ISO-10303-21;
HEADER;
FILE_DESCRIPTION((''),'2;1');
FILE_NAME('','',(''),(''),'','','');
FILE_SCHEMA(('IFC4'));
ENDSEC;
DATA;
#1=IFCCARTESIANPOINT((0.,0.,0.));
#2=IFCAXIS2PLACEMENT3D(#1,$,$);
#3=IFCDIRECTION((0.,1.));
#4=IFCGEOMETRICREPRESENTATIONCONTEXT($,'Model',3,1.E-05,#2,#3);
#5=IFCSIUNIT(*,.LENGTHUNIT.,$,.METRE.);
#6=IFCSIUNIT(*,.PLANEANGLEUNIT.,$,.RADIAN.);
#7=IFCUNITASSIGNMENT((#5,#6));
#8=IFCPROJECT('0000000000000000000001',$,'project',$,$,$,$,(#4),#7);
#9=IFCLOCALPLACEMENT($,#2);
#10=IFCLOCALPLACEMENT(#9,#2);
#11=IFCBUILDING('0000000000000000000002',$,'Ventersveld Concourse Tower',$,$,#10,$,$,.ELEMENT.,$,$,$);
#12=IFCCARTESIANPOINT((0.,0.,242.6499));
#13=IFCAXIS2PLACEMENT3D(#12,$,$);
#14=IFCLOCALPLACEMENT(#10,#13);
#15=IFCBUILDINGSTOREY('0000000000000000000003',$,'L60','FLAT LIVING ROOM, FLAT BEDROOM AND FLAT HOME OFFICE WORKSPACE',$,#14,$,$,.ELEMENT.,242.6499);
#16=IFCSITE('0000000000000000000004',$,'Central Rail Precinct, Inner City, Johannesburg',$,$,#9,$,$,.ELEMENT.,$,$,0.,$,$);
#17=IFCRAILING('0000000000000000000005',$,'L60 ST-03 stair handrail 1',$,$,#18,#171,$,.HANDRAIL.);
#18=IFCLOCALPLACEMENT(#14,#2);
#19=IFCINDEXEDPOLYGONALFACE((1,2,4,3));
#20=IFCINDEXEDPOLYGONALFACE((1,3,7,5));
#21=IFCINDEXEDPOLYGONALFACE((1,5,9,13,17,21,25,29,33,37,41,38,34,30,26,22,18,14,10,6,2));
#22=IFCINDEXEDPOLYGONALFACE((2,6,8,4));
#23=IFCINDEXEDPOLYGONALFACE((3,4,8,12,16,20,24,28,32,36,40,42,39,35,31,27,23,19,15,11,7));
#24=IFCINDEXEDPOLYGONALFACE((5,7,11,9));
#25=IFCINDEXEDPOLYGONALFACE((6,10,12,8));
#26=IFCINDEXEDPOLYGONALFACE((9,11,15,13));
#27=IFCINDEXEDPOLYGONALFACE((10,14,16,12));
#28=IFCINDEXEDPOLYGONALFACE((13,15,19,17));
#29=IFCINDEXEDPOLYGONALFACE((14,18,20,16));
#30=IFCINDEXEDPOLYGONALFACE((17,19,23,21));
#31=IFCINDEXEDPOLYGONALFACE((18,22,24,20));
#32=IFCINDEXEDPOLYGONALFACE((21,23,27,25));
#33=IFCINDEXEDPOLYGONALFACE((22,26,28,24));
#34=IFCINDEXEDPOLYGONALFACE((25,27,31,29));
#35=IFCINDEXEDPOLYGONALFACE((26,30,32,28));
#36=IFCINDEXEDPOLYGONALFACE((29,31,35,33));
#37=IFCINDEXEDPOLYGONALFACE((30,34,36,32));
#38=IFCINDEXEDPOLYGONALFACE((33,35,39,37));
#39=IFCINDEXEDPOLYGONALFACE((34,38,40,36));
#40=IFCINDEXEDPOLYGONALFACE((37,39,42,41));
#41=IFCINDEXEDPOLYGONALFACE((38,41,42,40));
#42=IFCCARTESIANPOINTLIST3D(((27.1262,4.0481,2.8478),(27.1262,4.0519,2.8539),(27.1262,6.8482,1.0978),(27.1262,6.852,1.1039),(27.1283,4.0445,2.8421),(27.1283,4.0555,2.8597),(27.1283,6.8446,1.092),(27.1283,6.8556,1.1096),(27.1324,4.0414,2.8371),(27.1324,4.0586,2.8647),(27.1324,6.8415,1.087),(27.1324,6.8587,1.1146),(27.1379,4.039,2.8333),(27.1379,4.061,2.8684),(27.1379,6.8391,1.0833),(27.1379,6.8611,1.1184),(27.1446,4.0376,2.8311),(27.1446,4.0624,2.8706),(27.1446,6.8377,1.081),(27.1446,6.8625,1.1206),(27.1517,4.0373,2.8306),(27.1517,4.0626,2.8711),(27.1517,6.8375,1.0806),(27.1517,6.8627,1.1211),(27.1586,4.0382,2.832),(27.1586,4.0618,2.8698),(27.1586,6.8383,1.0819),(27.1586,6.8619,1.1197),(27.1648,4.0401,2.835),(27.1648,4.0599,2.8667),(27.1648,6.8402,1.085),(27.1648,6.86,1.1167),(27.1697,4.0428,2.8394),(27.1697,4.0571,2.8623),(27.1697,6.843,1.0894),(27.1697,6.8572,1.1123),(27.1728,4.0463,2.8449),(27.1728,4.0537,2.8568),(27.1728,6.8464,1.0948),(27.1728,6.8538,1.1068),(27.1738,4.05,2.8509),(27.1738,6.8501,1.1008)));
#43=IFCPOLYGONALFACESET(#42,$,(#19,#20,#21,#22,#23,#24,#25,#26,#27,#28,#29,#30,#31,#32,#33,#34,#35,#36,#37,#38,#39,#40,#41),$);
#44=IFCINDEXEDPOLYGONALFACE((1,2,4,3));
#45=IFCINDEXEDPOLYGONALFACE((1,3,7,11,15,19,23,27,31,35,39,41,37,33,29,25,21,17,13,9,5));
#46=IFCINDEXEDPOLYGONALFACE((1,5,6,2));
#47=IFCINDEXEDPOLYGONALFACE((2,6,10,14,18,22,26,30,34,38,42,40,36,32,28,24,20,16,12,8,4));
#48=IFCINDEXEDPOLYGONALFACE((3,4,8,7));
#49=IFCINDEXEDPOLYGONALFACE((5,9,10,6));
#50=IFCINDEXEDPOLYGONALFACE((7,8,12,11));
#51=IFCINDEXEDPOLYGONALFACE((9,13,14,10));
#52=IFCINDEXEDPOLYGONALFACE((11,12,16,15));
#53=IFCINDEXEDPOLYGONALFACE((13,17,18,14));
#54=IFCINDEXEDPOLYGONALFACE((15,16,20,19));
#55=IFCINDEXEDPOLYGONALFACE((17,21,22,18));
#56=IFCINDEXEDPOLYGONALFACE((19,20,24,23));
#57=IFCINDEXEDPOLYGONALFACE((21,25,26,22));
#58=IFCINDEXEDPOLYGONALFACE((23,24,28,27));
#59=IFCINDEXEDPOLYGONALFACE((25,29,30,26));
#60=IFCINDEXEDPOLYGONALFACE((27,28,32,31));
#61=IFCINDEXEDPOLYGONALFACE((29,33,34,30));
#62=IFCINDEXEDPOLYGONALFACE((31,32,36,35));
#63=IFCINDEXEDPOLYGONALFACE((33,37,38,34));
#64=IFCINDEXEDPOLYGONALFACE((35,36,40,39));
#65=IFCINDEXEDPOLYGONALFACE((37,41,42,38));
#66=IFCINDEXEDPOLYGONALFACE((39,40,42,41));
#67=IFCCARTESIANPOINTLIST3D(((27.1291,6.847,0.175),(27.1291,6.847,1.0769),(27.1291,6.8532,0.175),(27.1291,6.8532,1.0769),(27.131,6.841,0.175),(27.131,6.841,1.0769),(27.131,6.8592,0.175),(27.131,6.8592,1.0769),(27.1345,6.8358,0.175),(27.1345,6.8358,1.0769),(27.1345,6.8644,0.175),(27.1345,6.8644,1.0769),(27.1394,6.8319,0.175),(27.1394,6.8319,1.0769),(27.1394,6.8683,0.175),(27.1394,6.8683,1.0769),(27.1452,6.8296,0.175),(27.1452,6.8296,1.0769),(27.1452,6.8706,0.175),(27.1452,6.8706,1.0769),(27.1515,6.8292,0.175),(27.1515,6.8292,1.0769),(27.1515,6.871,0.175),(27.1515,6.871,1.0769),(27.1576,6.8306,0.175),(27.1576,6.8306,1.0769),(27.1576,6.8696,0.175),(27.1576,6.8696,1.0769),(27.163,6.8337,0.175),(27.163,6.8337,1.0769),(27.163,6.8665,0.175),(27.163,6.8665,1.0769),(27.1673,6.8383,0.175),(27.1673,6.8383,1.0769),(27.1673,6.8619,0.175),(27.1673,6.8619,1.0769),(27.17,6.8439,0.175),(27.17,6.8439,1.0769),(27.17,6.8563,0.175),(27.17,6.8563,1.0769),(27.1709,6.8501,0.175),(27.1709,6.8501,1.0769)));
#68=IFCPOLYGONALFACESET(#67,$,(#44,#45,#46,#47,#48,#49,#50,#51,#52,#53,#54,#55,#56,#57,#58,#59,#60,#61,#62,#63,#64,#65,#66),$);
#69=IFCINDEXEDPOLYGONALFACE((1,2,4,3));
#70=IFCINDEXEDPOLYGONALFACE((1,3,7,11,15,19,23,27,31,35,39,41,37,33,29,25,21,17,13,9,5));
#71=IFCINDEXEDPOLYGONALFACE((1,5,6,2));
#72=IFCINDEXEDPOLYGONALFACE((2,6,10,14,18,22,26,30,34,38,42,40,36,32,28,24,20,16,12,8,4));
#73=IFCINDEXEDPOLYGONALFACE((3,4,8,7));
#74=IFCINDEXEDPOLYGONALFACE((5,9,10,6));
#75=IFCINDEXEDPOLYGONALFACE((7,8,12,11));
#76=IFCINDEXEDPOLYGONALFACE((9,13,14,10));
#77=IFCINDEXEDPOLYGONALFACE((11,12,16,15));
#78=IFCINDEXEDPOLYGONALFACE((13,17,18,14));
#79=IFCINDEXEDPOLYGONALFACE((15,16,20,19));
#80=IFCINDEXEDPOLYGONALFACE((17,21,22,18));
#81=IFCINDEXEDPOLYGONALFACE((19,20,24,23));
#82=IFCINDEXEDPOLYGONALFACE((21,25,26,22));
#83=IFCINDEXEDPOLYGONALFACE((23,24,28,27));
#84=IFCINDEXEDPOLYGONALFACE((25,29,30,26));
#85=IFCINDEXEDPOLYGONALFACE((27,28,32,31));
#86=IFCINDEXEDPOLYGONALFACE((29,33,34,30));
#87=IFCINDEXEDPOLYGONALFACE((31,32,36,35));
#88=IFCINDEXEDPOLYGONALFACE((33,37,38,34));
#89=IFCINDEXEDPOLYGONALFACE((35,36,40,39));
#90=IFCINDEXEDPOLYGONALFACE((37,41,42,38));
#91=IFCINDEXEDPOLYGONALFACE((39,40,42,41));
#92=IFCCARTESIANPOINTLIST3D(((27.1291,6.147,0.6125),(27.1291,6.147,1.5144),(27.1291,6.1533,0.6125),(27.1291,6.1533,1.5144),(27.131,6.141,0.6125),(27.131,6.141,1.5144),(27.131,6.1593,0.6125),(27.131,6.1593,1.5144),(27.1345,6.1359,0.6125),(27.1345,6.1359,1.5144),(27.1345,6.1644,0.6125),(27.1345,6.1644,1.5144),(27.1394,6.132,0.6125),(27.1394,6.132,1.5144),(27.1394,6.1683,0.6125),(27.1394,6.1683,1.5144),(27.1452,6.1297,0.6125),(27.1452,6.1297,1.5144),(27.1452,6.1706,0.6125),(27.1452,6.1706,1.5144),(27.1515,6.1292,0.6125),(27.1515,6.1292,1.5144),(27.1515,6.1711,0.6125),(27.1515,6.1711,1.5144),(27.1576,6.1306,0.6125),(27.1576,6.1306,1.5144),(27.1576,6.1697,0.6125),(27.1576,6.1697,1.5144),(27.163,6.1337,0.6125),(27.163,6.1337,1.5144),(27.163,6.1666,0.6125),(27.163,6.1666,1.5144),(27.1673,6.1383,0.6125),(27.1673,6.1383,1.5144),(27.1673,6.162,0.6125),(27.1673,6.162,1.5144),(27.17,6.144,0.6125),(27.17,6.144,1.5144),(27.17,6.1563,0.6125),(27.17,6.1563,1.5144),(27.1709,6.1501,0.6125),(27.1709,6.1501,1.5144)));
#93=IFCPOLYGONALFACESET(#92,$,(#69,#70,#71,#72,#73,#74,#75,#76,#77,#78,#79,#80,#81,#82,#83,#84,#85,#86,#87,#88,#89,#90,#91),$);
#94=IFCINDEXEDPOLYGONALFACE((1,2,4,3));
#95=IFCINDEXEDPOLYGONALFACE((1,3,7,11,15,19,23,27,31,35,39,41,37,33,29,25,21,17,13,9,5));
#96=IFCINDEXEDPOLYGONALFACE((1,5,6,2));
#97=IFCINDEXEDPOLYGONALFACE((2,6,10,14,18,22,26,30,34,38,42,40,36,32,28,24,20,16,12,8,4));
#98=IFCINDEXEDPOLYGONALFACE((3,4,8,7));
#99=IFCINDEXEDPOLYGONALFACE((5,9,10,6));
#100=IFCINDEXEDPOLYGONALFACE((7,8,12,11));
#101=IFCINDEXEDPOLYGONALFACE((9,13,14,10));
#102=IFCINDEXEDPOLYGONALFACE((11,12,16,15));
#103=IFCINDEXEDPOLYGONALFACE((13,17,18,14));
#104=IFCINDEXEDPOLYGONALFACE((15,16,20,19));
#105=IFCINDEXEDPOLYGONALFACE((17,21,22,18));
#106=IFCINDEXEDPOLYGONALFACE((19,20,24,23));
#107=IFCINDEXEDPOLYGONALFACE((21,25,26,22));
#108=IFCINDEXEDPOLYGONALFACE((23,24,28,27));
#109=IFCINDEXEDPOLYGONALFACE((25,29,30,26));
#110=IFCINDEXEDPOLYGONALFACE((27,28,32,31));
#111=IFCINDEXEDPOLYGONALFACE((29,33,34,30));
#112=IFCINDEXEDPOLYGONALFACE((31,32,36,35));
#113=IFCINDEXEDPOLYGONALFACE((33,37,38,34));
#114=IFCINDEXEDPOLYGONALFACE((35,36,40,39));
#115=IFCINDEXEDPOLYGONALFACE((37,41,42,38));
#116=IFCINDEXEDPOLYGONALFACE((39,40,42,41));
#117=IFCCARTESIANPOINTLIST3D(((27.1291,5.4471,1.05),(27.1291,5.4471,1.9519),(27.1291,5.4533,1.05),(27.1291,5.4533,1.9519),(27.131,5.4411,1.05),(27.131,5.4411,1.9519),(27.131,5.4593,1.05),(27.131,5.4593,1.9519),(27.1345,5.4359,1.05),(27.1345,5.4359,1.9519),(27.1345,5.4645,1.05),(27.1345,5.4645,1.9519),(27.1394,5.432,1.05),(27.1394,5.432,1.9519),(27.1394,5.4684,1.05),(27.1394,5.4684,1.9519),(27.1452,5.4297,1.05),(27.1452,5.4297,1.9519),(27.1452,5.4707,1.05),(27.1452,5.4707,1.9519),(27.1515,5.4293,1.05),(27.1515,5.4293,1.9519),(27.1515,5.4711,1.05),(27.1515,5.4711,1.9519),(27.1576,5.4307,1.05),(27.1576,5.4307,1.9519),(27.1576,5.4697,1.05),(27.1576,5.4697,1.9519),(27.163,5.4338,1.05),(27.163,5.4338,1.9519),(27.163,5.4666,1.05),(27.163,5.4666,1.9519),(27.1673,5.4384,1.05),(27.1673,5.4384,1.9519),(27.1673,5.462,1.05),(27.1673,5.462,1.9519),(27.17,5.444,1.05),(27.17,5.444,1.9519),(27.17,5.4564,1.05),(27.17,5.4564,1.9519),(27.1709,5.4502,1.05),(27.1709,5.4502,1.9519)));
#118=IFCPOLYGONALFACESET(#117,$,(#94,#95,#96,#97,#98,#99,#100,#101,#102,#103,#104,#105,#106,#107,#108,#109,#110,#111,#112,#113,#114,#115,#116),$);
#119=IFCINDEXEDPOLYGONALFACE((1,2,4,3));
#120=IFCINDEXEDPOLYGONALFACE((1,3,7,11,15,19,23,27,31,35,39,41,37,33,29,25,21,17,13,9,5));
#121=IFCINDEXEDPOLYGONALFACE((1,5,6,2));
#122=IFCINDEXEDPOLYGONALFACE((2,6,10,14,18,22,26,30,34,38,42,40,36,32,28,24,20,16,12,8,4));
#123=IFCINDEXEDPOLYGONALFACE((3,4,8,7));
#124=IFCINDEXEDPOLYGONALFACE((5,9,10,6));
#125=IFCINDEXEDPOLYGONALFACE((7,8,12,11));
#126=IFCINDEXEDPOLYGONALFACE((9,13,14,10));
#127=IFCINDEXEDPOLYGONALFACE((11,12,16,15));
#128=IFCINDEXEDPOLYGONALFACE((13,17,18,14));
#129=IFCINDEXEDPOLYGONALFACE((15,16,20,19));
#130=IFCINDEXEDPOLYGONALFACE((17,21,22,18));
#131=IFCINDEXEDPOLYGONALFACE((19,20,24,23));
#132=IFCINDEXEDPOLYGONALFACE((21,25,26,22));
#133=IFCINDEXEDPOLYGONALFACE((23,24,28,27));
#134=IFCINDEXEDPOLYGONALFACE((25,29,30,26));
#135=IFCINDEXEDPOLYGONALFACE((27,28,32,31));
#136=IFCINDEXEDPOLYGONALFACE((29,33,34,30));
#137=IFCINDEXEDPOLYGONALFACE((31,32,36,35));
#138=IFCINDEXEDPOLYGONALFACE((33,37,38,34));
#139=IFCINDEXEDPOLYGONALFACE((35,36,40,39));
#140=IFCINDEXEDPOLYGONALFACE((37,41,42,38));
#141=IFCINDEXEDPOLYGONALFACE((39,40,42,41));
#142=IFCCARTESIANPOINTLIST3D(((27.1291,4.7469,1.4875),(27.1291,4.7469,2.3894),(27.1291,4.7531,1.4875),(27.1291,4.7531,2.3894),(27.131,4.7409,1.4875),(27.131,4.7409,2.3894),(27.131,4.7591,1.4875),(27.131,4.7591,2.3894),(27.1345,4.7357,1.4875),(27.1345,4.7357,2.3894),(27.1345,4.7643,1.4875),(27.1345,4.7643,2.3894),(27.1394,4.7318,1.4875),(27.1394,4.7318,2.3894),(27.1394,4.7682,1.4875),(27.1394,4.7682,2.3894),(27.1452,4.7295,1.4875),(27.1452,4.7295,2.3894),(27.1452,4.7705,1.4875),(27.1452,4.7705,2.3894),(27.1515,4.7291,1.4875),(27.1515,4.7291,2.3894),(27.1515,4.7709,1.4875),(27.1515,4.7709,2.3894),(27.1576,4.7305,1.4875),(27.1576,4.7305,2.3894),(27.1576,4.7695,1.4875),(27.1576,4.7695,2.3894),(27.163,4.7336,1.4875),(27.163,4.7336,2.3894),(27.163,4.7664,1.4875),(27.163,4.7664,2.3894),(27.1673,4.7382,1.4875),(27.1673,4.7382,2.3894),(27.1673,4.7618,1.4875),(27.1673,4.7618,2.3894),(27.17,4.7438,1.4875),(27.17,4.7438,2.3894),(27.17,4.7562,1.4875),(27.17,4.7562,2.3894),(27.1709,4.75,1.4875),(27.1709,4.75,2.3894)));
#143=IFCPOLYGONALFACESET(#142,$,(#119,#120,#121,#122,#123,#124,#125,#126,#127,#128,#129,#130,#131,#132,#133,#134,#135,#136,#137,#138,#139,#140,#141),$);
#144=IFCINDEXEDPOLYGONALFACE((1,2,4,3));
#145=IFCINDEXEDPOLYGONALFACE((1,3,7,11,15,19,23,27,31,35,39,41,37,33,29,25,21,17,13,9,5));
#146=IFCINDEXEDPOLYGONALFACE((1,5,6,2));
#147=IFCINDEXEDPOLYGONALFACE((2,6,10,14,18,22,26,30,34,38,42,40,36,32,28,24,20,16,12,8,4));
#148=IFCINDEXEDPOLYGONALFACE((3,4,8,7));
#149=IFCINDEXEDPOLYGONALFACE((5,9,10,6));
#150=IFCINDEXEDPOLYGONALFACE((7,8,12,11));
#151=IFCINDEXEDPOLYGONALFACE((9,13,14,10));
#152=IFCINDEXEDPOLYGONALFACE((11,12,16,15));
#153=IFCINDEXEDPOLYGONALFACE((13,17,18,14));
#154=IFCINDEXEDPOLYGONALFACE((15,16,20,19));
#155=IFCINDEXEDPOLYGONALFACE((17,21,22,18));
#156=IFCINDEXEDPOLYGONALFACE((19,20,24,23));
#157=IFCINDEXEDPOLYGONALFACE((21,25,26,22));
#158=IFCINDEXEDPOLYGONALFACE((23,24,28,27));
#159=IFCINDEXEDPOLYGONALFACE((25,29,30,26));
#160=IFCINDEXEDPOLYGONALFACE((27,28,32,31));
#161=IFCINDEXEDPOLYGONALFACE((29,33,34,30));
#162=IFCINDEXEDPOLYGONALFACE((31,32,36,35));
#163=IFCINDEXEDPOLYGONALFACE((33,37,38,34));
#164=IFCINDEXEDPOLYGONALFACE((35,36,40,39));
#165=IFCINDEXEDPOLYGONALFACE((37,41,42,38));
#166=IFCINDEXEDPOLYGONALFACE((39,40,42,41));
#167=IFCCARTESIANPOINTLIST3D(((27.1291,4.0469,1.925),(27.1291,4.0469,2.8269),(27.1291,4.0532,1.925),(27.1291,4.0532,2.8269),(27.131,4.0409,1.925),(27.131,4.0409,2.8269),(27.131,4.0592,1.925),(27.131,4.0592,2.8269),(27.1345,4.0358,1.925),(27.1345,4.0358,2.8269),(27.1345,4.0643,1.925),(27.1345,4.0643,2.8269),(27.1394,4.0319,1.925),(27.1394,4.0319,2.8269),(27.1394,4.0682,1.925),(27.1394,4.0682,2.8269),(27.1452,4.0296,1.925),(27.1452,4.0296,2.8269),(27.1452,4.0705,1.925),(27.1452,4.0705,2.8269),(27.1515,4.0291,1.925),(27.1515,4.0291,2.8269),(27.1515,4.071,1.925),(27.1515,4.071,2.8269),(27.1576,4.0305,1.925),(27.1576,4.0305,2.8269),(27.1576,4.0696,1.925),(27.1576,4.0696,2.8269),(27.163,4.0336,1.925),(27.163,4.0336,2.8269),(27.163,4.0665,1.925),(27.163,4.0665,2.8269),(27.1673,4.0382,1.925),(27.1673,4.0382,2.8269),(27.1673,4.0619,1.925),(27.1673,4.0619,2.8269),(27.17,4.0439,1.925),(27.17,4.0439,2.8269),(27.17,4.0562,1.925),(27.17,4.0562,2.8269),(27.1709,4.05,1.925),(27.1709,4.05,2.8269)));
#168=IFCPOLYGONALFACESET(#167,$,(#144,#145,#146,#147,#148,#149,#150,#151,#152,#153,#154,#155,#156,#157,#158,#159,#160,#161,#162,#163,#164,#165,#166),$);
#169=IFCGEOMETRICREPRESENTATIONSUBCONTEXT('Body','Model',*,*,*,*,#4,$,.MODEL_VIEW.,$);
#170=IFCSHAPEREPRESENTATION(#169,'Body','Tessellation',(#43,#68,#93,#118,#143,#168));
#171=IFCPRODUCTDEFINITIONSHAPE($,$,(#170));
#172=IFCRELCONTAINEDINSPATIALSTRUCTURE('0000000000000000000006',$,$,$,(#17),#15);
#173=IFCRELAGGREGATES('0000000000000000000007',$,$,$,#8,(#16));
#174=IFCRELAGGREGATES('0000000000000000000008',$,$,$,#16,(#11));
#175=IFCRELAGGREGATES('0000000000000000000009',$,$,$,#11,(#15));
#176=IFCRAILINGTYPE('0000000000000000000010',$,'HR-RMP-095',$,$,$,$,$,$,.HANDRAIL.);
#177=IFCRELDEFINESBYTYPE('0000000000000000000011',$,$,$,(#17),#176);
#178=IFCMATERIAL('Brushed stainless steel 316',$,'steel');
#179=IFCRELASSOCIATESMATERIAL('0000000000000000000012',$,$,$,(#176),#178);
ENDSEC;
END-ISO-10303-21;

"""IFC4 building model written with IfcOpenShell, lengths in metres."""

from ifc_helpers import new_model, si_unit, direction, frame, origin, origin_2d, place, context, subcontext, project, spatial, circle, extrude, material, type_object, element, save


model = new_model("IFC4")

# Units and contexts
model_context = context("Model", 3, precision=1e-05, world=origin(), true_north=direction((0.0, 1.0)))
body_context = subcontext(model_context, "Body", "Model", "MODEL_VIEW")
ifc_project = project(units=[si_unit("LENGTHUNIT", "METRE"), si_unit("PLANEANGLEUNIT", "RADIAN")], contexts=[model_context])

# Site, building, storey
site_placement = place(None, origin())
site = spatial("IfcSite", under=ifc_project, at=site_placement, Name="Central Rail Precinct, Inner City, Johannesburg", CompositionType="ELEMENT", RefElevation=0.0)
building_placement = place(site_placement, origin())
building = spatial("IfcBuilding", under=site, at=building_placement, Name="Ventersveld Concourse Tower", CompositionType="ELEMENT")
storey_placement = place(building_placement, frame((0.0, 0.0, 242.6499)))
storey = spatial("IfcBuildingStorey", under=building, at=storey_placement, Name="L60", Description="FLAT LIVING ROOM, FLAT BEDROOM AND FLAT HOME OFFICE WORKSPACE", CompositionType="ELEMENT", Elevation=242.6499)

# Railing
ifc_material_1 = material(Name="Brushed stainless steel 316", Category="steel")
railing_type = type_object("IfcRailingType", Name="HR-RMP-095", PredefinedType="HANDRAIL", material=ifc_material_1)
railing_placement = place(storey_placement, frame((27.1499, 6.8501, 0.175)))
element("IfcRailing", 1, at=railing_placement, inside=storey, type_object=railing_type, Name="L60 ST-03 stair handrail 1", PredefinedType="HANDRAIL", context=body_context, shape_type="SweptSolid", body=[
    extrude(circle(Radius=0.0239, at=origin_2d()), frame((0.0, 0.0, 0.9258), z_axis=(0.0, -0.848002, 0.529992), x_axis=(1.0, 0.0, 0.0)), (0.0, 0.0, 1.0), 3.302),
    extrude(circle(Radius=0.021, at=origin_2d()), origin(), (0.0, 0.0, 1.0), 0.9019),
    extrude(circle(Radius=0.021, at=origin_2d()), frame((0.0, -0.7, 0.4375)), (0.0, 0.0, 1.0), 0.9019),
    extrude(circle(Radius=0.021, at=origin_2d()), frame((0.0, -1.3999, 0.875)), (0.0, 0.0, 1.0), 0.9019),
    extrude(circle(Radius=0.021, at=origin_2d()), frame((0.0, -2.1001, 1.3125)), (0.0, 0.0, 1.0), 0.9019),
    extrude(circle(Radius=0.021, at=origin_2d()), frame((0.0, -2.8, 1.75)), (0.0, 0.0, 1.0), 0.9019),
])

save(model, "model.ifc")
